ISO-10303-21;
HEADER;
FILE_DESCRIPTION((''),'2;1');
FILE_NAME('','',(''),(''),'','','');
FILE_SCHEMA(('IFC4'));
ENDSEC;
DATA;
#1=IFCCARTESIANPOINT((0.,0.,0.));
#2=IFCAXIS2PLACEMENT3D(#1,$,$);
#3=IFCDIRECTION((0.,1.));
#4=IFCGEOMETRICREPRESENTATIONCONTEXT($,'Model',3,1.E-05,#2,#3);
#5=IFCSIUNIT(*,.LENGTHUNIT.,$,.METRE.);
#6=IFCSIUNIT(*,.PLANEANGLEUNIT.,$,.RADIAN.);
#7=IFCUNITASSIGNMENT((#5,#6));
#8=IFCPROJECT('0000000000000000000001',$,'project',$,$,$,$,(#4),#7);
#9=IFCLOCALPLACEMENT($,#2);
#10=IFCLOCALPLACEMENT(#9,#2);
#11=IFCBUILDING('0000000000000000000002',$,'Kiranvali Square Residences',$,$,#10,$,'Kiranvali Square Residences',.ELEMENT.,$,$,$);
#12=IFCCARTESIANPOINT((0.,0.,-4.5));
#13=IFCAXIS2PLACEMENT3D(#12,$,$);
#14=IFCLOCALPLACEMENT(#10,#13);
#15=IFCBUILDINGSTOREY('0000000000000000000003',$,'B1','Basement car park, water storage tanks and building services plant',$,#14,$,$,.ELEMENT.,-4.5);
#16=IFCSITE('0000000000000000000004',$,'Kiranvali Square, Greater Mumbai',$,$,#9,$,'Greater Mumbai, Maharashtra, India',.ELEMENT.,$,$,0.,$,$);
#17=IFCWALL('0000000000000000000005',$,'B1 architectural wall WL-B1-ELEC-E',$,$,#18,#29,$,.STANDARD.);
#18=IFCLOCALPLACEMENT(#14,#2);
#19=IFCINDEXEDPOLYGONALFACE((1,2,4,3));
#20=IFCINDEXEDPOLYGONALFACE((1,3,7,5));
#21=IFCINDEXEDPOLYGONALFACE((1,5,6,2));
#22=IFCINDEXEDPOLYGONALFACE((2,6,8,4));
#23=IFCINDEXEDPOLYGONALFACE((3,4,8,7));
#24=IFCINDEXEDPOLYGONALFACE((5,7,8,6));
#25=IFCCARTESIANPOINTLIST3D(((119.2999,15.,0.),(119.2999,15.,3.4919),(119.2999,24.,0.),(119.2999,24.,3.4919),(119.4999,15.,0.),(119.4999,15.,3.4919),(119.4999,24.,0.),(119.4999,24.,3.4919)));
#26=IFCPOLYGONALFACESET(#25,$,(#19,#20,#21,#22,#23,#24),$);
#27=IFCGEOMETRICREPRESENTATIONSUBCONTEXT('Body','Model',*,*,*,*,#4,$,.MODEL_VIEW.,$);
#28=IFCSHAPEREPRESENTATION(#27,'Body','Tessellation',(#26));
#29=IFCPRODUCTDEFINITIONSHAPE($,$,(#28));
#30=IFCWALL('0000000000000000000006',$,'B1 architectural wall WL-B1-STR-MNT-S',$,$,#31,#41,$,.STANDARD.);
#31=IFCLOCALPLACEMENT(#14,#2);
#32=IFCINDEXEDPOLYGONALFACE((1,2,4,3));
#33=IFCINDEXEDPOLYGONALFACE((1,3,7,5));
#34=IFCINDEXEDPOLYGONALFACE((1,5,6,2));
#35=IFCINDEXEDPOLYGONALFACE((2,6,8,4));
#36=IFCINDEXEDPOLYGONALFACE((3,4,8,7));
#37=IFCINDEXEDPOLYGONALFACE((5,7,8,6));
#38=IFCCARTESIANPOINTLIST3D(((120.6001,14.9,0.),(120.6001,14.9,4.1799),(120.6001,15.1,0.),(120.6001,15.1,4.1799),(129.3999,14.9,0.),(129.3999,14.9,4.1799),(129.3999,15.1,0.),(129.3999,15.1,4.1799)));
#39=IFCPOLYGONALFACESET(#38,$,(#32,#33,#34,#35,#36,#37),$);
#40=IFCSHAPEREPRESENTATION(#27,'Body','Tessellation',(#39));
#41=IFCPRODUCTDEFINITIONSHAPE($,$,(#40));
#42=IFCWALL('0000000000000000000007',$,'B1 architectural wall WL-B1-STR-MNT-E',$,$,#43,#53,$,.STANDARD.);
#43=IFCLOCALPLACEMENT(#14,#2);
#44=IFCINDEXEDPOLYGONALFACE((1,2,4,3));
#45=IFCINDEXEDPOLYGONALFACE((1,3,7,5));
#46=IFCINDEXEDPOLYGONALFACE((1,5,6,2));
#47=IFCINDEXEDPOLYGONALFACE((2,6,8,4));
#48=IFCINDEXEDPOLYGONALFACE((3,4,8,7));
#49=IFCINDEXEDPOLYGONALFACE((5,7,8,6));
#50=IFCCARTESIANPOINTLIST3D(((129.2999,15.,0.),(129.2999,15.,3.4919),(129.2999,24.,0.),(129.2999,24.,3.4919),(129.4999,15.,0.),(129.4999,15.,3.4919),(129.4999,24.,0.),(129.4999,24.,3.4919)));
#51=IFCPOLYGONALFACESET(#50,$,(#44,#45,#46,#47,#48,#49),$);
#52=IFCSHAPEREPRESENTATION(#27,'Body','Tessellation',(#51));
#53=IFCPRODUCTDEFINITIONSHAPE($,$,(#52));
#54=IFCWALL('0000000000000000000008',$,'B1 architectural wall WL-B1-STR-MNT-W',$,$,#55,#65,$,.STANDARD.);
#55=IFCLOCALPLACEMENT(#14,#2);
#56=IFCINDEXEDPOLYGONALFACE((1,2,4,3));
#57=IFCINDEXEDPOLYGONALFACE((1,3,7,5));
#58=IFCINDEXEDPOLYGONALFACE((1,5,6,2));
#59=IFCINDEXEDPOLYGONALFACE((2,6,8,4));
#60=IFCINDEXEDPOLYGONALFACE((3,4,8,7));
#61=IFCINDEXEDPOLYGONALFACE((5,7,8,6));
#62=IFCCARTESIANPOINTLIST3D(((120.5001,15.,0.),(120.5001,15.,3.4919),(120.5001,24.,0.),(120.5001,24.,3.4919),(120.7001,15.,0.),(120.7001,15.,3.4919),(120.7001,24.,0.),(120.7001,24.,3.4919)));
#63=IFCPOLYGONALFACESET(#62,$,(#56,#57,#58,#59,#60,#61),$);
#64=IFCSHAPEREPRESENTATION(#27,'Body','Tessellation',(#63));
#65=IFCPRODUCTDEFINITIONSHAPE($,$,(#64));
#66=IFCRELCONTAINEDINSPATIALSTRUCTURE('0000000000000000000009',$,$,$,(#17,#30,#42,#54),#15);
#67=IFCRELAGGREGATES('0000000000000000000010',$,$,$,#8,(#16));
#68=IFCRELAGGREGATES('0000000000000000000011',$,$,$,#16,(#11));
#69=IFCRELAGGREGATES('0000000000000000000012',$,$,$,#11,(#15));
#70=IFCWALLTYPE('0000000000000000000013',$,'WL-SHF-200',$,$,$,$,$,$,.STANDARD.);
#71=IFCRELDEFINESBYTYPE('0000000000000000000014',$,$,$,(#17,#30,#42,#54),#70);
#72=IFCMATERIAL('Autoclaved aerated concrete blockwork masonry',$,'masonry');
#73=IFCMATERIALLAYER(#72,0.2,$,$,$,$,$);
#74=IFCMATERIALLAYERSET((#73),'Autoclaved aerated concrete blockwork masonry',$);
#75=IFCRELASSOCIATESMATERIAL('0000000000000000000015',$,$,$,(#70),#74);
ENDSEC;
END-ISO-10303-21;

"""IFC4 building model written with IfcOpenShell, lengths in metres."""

from ifc_helpers import new_model, si_unit, direction, frame, frame_2d, origin, place, context, subcontext, project, spatial, rectangle, extrude, material, layer, layer_set, type_object, element, save


model = new_model("IFC4")

# Units and contexts
model_context = context("Model", 3, precision=1e-05, world=origin(), true_north=direction((0.0, 1.0)))
body_context = subcontext(model_context, "Body", "Model", "MODEL_VIEW")
ifc_project = project(units=[si_unit("LENGTHUNIT", "METRE"), si_unit("PLANEANGLEUNIT", "RADIAN")], contexts=[model_context])

# Site, building, storey
site_placement = place(None, origin())
site = spatial("IfcSite", under=ifc_project, at=site_placement, Name="Kiranvali Square, Greater Mumbai", LongName="Greater Mumbai, Maharashtra, India", CompositionType="ELEMENT", RefElevation=0.0)
building_placement = place(site_placement, origin())
building = spatial("IfcBuilding", under=site, at=building_placement, Name="Kiranvali Square Residences", LongName="Kiranvali Square Residences", CompositionType="ELEMENT")
storey_placement = place(building_placement, frame((0.0, 0.0, -4.5)))
storey = spatial("IfcBuildingStorey", under=building, at=storey_placement, Name="B1", Description="Basement car park, water storage tanks and building services plant", CompositionType="ELEMENT", Elevation=-4.5)

# Wall
ifc_material_1 = material(Name="Autoclaved aerated concrete blockwork masonry", Category="masonry")
ifc_layer = layer(ifc_material_1, 0.2)
ifc_layer_set = layer_set([ifc_layer], Name="Autoclaved aerated concrete blockwork masonry")
wall_type = type_object("IfcWallType", Name="WL-SHF-200", PredefinedType="STANDARD", material=ifc_layer_set)
wall_1_placement = place(storey_placement, frame((119.3999, 15.0, 0.0), z_axis=(0.0, 0.0, 1.0), x_axis=(0.0, 1.0, 0.0)))
element("IfcWall", 1, at=wall_1_placement, inside=storey, type_object=wall_type, Name="B1 architectural wall WL-B1-ELEC-E", PredefinedType="STANDARD", context=body_context, shape_type="SweptSolid", body=[
    extrude(rectangle(XDim=9.0, YDim=0.2, at=frame_2d((4.5, 0.0))), origin(), (0.0, 0.0, 1.0), 3.4919),
])

# Walls
wall_2_placement = place(storey_placement, frame((120.6001, 15.0, 0.0), z_axis=(0.0, 0.0, 1.0), x_axis=(1.0, 0.0, 0.0)))
element("IfcWall", 2, at=wall_2_placement, inside=storey, type_object=wall_type, Name="B1 architectural wall WL-B1-STR-MNT-S", PredefinedType="STANDARD", context=body_context, shape_type="SweptSolid", body=[
    extrude(rectangle(XDim=8.7998, YDim=0.2, at=frame_2d((4.3999, 0.0))), origin(), (0.0, 0.0, 1.0), 4.1799),
])
wall_3_placement = place(storey_placement, frame((129.3999, 15.0, 0.0), z_axis=(0.0, 0.0, 1.0), x_axis=(0.0, 1.0, 0.0)))
element("IfcWall", 3, at=wall_3_placement, inside=storey, type_object=wall_type, Name="B1 architectural wall WL-B1-STR-MNT-E", PredefinedType="STANDARD", context=body_context, shape_type="SweptSolid", body=[
    extrude(rectangle(XDim=9.0, YDim=0.2, at=frame_2d((4.5, 0.0))), origin(), (0.0, 0.0, 1.0), 3.4919),
])

# Wall
wall_4_placement = place(storey_placement, frame((120.6001, 24.0, 0.0), z_axis=(0.0, 0.0, 1.0), x_axis=(0.0, -1.0, 0.0)))
element("IfcWall", 4, at=wall_4_placement, inside=storey, type_object=wall_type, Name="B1 architectural wall WL-B1-STR-MNT-W", PredefinedType="STANDARD", context=body_context, shape_type="SweptSolid", body=[
    extrude(rectangle(XDim=9.0, YDim=0.2, at=frame_2d((4.5, 0.0))), origin(), (0.0, 0.0, 1.0), 3.4919),
])

save(model, "model.ifc")
